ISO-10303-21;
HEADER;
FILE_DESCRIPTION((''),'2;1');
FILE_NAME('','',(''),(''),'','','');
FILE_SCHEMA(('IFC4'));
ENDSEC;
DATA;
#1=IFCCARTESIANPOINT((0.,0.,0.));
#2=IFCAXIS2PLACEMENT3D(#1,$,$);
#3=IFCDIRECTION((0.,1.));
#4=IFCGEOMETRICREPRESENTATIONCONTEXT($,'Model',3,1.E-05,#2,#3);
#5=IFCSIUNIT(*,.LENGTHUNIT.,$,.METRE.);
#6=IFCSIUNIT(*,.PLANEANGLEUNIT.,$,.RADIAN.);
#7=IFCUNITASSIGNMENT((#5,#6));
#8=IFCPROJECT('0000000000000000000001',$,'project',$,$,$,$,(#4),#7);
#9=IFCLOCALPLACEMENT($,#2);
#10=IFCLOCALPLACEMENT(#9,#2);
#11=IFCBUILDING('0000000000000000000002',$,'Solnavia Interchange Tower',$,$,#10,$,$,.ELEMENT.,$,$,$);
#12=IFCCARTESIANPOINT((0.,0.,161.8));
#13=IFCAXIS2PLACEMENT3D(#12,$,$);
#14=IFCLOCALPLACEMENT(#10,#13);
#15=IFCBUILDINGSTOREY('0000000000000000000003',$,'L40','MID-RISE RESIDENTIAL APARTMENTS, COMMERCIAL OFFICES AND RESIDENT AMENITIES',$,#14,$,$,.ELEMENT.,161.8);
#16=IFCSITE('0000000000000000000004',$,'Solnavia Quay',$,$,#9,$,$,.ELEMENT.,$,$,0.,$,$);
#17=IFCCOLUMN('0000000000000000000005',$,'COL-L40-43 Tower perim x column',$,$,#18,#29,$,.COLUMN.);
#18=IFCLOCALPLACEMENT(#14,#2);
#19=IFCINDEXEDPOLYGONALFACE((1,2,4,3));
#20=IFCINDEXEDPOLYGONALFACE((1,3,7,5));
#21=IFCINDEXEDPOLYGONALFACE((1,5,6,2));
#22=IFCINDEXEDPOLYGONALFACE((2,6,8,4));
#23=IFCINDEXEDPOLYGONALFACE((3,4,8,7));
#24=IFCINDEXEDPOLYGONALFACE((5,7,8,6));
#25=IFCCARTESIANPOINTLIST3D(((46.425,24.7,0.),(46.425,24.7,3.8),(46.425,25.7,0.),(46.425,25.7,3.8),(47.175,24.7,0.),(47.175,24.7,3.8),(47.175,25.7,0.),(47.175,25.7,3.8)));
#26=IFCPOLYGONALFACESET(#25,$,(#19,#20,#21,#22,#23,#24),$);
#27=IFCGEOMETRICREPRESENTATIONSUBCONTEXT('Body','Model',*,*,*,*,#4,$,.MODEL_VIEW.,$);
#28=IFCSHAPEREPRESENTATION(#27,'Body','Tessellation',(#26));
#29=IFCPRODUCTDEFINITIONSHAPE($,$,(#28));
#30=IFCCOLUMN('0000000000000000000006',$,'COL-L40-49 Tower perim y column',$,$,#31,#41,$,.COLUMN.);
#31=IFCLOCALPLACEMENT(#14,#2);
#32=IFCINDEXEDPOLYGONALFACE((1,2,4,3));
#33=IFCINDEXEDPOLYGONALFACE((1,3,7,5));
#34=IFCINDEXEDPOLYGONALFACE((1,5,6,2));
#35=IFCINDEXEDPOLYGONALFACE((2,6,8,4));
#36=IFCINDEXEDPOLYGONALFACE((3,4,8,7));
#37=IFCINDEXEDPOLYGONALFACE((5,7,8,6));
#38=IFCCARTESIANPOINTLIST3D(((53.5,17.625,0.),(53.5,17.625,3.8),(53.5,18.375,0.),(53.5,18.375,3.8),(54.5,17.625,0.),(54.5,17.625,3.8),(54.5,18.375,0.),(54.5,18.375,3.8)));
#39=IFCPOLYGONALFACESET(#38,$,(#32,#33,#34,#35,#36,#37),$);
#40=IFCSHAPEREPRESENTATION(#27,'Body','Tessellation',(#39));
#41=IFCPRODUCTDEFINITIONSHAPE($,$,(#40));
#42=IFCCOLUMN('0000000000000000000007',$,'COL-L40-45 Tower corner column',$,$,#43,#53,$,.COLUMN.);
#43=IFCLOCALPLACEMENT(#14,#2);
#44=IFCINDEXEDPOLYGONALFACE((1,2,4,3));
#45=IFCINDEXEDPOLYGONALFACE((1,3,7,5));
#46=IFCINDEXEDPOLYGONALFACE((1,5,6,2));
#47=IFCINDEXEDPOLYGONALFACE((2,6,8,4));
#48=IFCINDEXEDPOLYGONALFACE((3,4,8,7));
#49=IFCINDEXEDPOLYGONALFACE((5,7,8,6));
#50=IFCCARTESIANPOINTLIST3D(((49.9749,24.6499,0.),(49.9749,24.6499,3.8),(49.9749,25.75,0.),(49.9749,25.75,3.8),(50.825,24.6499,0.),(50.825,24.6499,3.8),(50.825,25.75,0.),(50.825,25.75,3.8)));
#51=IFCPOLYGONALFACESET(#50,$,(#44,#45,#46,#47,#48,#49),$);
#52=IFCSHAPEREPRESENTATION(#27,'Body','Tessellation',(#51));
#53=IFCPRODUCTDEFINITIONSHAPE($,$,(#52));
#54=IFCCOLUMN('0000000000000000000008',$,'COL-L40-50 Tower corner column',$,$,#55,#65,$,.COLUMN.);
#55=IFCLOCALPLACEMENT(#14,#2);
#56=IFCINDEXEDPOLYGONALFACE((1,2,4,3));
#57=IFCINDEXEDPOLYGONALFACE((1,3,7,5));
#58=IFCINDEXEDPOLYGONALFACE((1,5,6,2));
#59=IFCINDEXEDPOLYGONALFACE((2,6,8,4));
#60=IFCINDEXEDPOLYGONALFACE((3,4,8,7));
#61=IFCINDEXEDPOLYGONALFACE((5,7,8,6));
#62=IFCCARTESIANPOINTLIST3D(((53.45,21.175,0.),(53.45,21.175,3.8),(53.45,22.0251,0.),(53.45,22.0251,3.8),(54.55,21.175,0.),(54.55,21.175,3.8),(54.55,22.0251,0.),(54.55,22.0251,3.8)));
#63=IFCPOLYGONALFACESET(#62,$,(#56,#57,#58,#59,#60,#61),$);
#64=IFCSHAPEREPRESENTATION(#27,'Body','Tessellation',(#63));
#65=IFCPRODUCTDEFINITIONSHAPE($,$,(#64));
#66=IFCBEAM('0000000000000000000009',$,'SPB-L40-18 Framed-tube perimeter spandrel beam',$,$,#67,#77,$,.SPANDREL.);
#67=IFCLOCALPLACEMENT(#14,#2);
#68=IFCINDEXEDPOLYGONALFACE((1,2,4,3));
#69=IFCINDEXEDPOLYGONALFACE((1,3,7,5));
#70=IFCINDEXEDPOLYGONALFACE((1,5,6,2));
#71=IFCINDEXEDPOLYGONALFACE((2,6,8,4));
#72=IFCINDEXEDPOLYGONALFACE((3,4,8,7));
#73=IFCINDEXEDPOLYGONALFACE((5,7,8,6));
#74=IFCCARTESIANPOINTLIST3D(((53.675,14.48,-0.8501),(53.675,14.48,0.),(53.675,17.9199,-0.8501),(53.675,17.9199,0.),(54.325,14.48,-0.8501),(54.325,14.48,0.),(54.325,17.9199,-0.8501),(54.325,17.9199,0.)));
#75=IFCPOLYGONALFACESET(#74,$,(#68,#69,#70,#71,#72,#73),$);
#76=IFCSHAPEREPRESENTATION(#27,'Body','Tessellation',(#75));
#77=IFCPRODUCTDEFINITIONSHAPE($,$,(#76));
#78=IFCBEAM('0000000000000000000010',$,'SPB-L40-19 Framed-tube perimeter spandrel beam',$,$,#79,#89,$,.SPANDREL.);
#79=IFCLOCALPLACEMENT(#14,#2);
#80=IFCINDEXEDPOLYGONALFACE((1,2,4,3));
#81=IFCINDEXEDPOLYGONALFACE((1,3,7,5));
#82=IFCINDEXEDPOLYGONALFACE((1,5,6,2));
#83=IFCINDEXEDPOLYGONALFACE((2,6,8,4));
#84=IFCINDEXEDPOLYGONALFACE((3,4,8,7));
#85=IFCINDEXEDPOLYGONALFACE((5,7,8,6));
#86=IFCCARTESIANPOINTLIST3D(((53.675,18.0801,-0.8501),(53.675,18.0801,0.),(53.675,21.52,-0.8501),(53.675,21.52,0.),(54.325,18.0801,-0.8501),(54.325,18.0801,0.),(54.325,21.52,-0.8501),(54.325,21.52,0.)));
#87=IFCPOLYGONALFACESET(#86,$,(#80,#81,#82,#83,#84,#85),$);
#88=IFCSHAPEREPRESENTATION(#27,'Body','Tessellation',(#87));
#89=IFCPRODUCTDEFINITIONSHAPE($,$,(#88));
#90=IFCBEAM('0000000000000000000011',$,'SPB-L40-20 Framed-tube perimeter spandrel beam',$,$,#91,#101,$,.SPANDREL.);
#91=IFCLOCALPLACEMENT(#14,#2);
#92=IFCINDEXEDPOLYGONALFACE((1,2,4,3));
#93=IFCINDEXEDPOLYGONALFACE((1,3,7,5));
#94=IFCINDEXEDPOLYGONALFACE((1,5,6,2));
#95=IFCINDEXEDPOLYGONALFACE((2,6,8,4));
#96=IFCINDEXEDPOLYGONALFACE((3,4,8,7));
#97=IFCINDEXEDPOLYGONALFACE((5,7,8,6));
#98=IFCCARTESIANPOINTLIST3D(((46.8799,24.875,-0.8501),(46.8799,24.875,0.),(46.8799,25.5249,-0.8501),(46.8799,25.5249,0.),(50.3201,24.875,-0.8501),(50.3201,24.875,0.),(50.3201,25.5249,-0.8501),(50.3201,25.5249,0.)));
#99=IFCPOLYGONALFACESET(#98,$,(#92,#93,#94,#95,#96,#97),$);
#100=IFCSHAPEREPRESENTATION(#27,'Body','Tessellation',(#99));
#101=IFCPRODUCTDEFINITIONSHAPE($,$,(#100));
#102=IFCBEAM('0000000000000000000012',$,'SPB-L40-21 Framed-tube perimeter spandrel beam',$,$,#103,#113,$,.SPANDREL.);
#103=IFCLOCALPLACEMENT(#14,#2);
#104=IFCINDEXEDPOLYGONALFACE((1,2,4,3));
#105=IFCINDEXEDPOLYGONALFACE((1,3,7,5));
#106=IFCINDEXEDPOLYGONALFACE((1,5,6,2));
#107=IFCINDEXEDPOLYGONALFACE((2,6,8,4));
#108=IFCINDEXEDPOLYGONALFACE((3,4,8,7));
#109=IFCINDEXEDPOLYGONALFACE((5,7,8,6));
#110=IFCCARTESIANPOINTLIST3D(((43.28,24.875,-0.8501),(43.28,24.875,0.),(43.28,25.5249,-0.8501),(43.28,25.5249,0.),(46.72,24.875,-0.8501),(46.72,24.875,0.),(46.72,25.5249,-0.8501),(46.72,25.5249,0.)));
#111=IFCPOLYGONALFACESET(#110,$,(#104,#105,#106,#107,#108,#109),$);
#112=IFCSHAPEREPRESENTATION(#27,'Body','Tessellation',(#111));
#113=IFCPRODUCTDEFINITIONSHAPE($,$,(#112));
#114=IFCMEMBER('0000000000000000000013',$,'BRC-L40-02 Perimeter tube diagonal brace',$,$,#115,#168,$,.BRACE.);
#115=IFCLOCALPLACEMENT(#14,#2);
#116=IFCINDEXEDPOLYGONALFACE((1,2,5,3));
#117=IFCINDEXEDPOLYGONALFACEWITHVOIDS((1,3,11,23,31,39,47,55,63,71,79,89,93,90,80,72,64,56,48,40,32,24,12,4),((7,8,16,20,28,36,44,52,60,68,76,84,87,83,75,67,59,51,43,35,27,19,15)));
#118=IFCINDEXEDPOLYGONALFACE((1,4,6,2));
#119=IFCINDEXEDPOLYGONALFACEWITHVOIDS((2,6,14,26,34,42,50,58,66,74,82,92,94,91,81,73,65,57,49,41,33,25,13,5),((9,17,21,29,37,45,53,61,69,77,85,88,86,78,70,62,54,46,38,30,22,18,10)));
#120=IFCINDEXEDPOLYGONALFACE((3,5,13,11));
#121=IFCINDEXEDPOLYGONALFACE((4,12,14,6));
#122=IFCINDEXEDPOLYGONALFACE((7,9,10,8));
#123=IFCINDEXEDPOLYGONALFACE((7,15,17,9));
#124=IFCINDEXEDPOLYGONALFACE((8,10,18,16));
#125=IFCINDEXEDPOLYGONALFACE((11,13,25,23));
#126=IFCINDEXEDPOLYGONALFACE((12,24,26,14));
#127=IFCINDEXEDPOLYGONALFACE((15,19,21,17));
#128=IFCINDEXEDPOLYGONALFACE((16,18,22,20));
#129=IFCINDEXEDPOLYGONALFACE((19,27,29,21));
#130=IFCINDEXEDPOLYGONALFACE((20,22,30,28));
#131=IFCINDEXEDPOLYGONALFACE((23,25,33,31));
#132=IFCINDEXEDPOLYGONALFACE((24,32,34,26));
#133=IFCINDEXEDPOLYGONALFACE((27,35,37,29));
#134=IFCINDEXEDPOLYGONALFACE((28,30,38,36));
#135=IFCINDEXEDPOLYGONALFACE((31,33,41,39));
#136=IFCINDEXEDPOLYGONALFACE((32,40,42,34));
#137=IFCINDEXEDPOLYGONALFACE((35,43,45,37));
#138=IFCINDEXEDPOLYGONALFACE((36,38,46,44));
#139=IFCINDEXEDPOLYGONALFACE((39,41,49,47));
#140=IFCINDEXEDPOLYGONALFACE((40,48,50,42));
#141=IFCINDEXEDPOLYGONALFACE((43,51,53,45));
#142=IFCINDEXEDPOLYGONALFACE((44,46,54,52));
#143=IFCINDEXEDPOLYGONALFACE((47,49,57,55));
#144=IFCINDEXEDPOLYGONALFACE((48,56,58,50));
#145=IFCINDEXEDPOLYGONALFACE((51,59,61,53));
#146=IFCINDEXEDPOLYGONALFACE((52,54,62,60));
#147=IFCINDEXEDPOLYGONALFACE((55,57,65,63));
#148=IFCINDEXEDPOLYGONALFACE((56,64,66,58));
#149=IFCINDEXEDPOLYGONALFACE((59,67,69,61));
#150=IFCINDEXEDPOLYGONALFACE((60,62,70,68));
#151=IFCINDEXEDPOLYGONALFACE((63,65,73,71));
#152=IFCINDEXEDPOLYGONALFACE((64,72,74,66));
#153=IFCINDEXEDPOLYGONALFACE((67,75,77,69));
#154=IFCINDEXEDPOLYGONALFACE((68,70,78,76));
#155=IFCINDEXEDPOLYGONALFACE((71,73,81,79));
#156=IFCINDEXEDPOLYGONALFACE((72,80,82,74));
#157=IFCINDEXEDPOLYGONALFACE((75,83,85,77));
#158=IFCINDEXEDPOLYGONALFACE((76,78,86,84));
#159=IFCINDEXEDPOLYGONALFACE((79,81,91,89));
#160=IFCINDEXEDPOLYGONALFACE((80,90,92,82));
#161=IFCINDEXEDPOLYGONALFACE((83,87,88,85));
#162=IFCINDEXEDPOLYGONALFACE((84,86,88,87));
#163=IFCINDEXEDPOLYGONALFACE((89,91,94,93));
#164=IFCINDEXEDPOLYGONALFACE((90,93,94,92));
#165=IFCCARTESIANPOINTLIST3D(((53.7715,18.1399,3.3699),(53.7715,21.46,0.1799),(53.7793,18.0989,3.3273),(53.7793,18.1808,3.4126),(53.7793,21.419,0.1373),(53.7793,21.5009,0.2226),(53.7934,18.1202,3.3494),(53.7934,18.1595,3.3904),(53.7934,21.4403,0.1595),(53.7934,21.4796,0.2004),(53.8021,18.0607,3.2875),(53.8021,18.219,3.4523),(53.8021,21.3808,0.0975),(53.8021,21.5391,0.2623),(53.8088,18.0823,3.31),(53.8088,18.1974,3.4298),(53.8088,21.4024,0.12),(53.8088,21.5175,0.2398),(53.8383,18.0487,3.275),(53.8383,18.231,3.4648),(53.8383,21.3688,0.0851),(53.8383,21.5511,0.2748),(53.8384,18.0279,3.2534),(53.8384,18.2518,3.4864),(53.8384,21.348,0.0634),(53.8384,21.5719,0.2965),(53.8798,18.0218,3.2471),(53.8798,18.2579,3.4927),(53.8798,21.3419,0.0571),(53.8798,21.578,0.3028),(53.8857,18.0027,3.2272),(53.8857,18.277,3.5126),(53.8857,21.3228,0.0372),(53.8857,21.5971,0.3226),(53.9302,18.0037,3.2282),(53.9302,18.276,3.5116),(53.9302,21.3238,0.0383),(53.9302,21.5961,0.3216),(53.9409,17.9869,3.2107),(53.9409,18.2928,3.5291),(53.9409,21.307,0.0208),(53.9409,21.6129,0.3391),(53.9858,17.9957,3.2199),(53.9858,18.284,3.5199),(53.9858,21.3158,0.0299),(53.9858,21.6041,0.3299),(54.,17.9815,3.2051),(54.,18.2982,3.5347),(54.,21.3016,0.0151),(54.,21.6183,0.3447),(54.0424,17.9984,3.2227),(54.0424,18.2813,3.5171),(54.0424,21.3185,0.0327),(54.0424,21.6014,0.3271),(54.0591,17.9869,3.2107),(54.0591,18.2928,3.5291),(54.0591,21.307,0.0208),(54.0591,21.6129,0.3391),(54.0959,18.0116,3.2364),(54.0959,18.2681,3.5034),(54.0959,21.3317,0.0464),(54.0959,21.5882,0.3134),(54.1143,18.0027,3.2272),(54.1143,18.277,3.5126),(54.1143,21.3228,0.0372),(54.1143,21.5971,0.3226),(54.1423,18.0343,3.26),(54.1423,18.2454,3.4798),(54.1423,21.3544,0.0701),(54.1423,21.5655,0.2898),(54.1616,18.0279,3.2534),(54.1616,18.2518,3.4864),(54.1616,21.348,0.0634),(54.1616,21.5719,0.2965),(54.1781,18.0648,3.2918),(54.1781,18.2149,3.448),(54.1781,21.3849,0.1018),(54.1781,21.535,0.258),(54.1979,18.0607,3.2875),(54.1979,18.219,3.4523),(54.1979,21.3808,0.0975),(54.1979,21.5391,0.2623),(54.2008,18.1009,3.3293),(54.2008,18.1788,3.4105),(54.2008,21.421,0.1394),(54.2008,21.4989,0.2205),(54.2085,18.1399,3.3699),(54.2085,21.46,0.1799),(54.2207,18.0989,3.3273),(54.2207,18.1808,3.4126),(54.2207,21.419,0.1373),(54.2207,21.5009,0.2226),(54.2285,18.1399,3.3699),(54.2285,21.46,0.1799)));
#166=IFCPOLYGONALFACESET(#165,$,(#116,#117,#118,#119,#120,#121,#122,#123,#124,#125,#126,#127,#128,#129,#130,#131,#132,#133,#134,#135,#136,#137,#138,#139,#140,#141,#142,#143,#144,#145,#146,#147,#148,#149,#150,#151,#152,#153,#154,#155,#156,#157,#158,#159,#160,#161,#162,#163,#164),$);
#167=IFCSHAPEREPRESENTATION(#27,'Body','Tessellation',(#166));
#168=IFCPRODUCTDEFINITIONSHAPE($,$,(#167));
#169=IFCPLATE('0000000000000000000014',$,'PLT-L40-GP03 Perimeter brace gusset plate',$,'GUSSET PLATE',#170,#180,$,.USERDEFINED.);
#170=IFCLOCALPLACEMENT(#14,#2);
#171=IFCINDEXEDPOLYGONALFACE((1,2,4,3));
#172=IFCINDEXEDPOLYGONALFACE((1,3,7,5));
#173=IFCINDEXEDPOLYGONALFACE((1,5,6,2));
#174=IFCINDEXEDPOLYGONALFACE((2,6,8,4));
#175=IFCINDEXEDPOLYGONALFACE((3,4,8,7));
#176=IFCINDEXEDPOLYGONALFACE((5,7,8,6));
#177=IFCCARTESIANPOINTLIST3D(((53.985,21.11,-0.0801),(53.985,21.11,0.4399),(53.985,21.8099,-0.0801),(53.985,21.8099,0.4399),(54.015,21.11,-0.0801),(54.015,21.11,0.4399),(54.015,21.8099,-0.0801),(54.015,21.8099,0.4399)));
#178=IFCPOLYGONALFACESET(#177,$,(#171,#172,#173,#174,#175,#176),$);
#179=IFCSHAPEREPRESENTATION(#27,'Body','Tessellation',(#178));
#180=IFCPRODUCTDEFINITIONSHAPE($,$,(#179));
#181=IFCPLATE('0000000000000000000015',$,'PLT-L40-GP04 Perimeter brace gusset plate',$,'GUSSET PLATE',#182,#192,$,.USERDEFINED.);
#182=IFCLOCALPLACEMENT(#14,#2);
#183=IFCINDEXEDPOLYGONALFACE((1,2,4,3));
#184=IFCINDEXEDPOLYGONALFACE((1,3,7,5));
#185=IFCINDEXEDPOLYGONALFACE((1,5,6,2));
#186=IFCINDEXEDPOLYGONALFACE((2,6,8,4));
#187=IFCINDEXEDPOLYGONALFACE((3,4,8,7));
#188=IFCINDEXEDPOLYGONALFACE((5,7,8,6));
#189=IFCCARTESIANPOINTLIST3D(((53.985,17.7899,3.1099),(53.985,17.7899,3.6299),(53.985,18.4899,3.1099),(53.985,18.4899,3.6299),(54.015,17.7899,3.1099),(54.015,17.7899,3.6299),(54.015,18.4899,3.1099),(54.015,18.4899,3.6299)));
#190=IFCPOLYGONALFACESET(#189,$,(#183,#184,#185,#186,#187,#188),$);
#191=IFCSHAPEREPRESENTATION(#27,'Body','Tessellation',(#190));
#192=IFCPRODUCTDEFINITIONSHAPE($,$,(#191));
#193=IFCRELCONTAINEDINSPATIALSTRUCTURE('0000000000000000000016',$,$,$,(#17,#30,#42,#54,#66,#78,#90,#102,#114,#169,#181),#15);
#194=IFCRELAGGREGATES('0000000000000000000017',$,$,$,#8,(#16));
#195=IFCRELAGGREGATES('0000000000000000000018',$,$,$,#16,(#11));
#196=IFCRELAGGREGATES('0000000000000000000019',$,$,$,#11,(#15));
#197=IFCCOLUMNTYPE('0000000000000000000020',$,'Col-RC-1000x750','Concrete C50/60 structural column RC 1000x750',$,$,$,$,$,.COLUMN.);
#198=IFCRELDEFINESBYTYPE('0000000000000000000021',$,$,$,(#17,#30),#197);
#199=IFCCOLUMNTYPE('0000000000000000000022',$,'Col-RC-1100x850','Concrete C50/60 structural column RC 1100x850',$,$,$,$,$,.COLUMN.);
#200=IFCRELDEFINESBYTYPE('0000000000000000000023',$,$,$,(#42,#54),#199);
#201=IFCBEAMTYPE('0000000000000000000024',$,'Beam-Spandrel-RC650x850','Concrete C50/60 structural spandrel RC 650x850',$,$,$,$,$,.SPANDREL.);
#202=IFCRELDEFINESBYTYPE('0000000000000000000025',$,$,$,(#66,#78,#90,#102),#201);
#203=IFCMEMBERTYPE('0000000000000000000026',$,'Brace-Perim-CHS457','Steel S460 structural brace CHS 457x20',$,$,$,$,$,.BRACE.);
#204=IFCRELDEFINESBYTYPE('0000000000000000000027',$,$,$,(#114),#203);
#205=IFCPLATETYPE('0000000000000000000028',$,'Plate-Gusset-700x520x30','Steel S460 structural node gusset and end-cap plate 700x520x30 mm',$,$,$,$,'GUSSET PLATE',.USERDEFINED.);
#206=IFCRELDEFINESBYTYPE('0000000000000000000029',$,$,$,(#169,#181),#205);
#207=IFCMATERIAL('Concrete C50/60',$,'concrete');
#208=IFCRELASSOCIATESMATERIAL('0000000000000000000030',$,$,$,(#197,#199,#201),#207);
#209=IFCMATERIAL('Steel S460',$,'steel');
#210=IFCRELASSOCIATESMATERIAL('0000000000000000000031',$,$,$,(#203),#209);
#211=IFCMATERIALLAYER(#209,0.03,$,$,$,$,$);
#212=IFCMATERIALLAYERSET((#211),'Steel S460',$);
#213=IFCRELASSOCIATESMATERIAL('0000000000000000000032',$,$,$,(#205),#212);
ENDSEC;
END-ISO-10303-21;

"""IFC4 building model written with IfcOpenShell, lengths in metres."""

from ifc_helpers import new_model, si_unit, direction, frame, origin, origin_2d, place, context, subcontext, project, spatial, rectangle, hollow_circle, extrude, material, layer, layer_set, material_profile, profile_set, type_object, element, save


model = new_model("IFC4")

# Units and contexts
model_context = context("Model", 3, precision=1e-05, world=origin(), true_north=direction((0.0, 1.0)))
body_context = subcontext(model_context, "Body", "Model", "MODEL_VIEW")
ifc_project = project(units=[si_unit("LENGTHUNIT", "METRE"), si_unit("PLANEANGLEUNIT", "RADIAN")], contexts=[model_context])

# Site, building, storey
site_placement = place(None, origin())
site = spatial("IfcSite", under=ifc_project, at=site_placement, Name="Solnavia Quay", CompositionType="ELEMENT", RefElevation=0.0)
building_placement = place(site_placement, origin())
building = spatial("IfcBuilding", under=site, at=building_placement, Name="Solnavia Interchange Tower", CompositionType="ELEMENT")
storey_placement = place(building_placement, frame((0.0, 0.0, 161.8)))
storey = spatial("IfcBuildingStorey", under=building, at=storey_placement, Name="L40", Description="MID-RISE RESIDENTIAL APARTMENTS, COMMERCIAL OFFICES AND RESIDENT AMENITIES", CompositionType="ELEMENT", Elevation=161.8)

# Columns
ifc_material_1 = material(Name="Concrete C50/60", Category="concrete")
ifc_material_profile_1 = material_profile(ifc_material_1, rectangle(XDim=0.75, YDim=1.0, at=origin_2d()), Name="RC 1000x750")
ifc_profile_set_1 = profile_set([ifc_material_profile_1], Name="Concrete C50/60")
column_type_1 = type_object("IfcColumnType", Name="Col-RC-1000x750", Description="Concrete C50/60 structural column RC 1000x750", PredefinedType="COLUMN", material=ifc_profile_set_1)
for number, where, z_axis, x_axis, name in (
    (1, (46.8, 25.2, 0.0), (0.0, 0.0, 1.0), (1.0, 0.0, 0.0), "COL-L40-43 Tower perim x column"),
    (2, (54.0, 18.0, 0.0), (0.0, 0.0, 1.0), (0.0, 1.0, 0.0), "COL-L40-49 Tower perim y column"),
):
    element("IfcColumn", number, at=place(storey_placement, frame(where, z_axis=z_axis, x_axis=x_axis)), inside=storey, type_object=column_type_1, Name=name, PredefinedType="COLUMN", context=body_context, shape_type="SweptSolid", body=[
        extrude(rectangle(XDim=0.75, YDim=1.0, at=origin_2d()), origin(), (0.0, 0.0, 1.0), 3.8),
    ])
ifc_material_profile_2 = material_profile(ifc_material_1, rectangle(XDim=0.8501, YDim=1.1001, at=origin_2d()), Name="RC 1100x850")
ifc_profile_set_2 = profile_set([ifc_material_profile_2], Name="Concrete C50/60")
column_type_2 = type_object("IfcColumnType", Name="Col-RC-1100x850", Description="Concrete C50/60 structural column RC 1100x850", PredefinedType="COLUMN", material=ifc_profile_set_2)
for number, where, z_axis, x_axis, name in (
    (3, (50.3999, 25.2, 0.0), (0.0, 0.0, 1.0), (1.0, 0.0, 0.0), "COL-L40-45 Tower corner column"),
    (4, (54.0, 21.6001, 0.0), (0.0, 0.0, 1.0), (0.0, 1.0, 0.0), "COL-L40-50 Tower corner column"),
):
    element("IfcColumn", number, at=place(storey_placement, frame(where, z_axis=z_axis, x_axis=x_axis)), inside=storey, type_object=column_type_2, Name=name, PredefinedType="COLUMN", context=body_context, shape_type="SweptSolid", body=[
        extrude(rectangle(XDim=0.8501, YDim=1.1001, at=origin_2d()), origin(), (0.0, 0.0, 1.0), 3.8),
    ])

# Beams
ifc_material_profile_3 = material_profile(ifc_material_1, rectangle(XDim=0.6499, YDim=0.8501, at=origin_2d()), Name="RC 650x850")
ifc_profile_set_3 = profile_set([ifc_material_profile_3], Name="Concrete C50/60")
beam_type = type_object("IfcBeamType", Name="Beam-Spandrel-RC650x850", Description="Concrete C50/60 structural spandrel RC 650x850", PredefinedType="SPANDREL", material=ifc_profile_set_3)
for number, where, z_axis, x_axis, name in (
    (5, (54.0, 14.48, -0.425), (0.0, 1.0, 0.0), (-1.0, 0.0, 0.0), "SPB-L40-18 Framed-tube perimeter spandrel beam"),
    (6, (54.0, 18.0801, -0.425), (0.0, 1.0, 0.0), (-1.0, 0.0, 0.0), "SPB-L40-19 Framed-tube perimeter spandrel beam"),
):
    element("IfcBeam", number, at=place(storey_placement, frame(where, z_axis=z_axis, x_axis=x_axis)), inside=storey, type_object=beam_type, Name=name, PredefinedType="SPANDREL", context=body_context, shape_type="SweptSolid", body=[
        extrude(rectangle(XDim=0.6499, YDim=0.8501, at=origin_2d()), origin(), (0.0, 0.0, 1.0), 3.4399),
    ])
beam_1_placement = place(storey_placement, frame((50.3201, 25.2, -0.425), z_axis=(-1.0, 0.0, 0.0), x_axis=(0.0, -1.0, 0.0)))
element("IfcBeam", 7, at=beam_1_placement, inside=storey, type_object=beam_type, Name="SPB-L40-20 Framed-tube perimeter spandrel beam", PredefinedType="SPANDREL", context=body_context, shape_type="SweptSolid", body=[
    extrude(rectangle(XDim=0.6499, YDim=0.8501, at=origin_2d()), origin(), (0.0, 0.0, 1.0), 3.4402),
])
beam_2_placement = place(storey_placement, frame((46.72, 25.2, -0.425), z_axis=(-1.0, 0.0, 0.0), x_axis=(0.0, -1.0, 0.0)))
element("IfcBeam", 8, at=beam_2_placement, inside=storey, type_object=beam_type, Name="SPB-L40-21 Framed-tube perimeter spandrel beam", PredefinedType="SPANDREL", context=body_context, shape_type="SweptSolid", body=[
    extrude(rectangle(XDim=0.6499, YDim=0.8501, at=origin_2d()), origin(), (0.0, 0.0, 1.0), 3.4399),
])

# Member
ifc_material_2 = material(Name="Steel S460", Category="steel")
ifc_material_profile_4 = material_profile(ifc_material_2, hollow_circle(Radius=0.2285, WallThickness=0.02, at=origin_2d()), Name="CHS 457x20")
ifc_profile_set_4 = profile_set([ifc_material_profile_4], Name="Steel S460")
member_type = type_object("IfcMemberType", Name="Brace-Perim-CHS457", Description="Steel S460 structural brace CHS 457x20", PredefinedType="BRACE", material=ifc_profile_set_4)
member_placement = place(storey_placement, frame((54.0, 21.46, 0.1799), z_axis=(0.0, -0.721097, 0.692834), x_axis=(1.0, 0.0, 0.0)))
element("IfcMember", 9, at=member_placement, inside=storey, type_object=member_type, Name="BRC-L40-02 Perimeter tube diagonal brace", PredefinedType="BRACE", context=body_context, shape_type="SweptSolid", body=[
    extrude(hollow_circle(Radius=0.2285, WallThickness=0.02, at=origin_2d()), origin(), (0.0, 0.0, 1.0), 4.6042),
])

# Plates
ifc_layer_1 = layer(ifc_material_2, 0.03)
ifc_layer_set_1 = layer_set([ifc_layer_1], Name="Steel S460")
plate_type = type_object("IfcPlateType", Name="Plate-Gusset-700x520x30", Description="Steel S460 structural node gusset and end-cap plate 700x520x30 mm", ElementType="GUSSET PLATE", PredefinedType="USERDEFINED", material=ifc_layer_set_1)
for number, where, z_axis, x_axis, name in (
    (10, (54.0, 21.46, -0.0801), (0.0, 0.0, 1.0), (0.0, -1.0, 0.0), "PLT-L40-GP03 Perimeter brace gusset plate"),
    (11, (54.0, 18.1399, 3.1099), (0.0, 0.0, 1.0), (0.0, -1.0, 0.0), "PLT-L40-GP04 Perimeter brace gusset plate"),
):
    element("IfcPlate", number, at=place(storey_placement, frame(where, z_axis=z_axis, x_axis=x_axis)), inside=storey, type_object=plate_type, Name=name, ObjectType="GUSSET PLATE", PredefinedType="USERDEFINED", context=body_context, shape_type="SweptSolid", body=[
        extrude(rectangle(XDim=0.7, YDim=0.03, at=origin_2d()), origin(), (0.0, 0.0, 1.0), 0.52),
    ])

save(model, "model.ifc")
